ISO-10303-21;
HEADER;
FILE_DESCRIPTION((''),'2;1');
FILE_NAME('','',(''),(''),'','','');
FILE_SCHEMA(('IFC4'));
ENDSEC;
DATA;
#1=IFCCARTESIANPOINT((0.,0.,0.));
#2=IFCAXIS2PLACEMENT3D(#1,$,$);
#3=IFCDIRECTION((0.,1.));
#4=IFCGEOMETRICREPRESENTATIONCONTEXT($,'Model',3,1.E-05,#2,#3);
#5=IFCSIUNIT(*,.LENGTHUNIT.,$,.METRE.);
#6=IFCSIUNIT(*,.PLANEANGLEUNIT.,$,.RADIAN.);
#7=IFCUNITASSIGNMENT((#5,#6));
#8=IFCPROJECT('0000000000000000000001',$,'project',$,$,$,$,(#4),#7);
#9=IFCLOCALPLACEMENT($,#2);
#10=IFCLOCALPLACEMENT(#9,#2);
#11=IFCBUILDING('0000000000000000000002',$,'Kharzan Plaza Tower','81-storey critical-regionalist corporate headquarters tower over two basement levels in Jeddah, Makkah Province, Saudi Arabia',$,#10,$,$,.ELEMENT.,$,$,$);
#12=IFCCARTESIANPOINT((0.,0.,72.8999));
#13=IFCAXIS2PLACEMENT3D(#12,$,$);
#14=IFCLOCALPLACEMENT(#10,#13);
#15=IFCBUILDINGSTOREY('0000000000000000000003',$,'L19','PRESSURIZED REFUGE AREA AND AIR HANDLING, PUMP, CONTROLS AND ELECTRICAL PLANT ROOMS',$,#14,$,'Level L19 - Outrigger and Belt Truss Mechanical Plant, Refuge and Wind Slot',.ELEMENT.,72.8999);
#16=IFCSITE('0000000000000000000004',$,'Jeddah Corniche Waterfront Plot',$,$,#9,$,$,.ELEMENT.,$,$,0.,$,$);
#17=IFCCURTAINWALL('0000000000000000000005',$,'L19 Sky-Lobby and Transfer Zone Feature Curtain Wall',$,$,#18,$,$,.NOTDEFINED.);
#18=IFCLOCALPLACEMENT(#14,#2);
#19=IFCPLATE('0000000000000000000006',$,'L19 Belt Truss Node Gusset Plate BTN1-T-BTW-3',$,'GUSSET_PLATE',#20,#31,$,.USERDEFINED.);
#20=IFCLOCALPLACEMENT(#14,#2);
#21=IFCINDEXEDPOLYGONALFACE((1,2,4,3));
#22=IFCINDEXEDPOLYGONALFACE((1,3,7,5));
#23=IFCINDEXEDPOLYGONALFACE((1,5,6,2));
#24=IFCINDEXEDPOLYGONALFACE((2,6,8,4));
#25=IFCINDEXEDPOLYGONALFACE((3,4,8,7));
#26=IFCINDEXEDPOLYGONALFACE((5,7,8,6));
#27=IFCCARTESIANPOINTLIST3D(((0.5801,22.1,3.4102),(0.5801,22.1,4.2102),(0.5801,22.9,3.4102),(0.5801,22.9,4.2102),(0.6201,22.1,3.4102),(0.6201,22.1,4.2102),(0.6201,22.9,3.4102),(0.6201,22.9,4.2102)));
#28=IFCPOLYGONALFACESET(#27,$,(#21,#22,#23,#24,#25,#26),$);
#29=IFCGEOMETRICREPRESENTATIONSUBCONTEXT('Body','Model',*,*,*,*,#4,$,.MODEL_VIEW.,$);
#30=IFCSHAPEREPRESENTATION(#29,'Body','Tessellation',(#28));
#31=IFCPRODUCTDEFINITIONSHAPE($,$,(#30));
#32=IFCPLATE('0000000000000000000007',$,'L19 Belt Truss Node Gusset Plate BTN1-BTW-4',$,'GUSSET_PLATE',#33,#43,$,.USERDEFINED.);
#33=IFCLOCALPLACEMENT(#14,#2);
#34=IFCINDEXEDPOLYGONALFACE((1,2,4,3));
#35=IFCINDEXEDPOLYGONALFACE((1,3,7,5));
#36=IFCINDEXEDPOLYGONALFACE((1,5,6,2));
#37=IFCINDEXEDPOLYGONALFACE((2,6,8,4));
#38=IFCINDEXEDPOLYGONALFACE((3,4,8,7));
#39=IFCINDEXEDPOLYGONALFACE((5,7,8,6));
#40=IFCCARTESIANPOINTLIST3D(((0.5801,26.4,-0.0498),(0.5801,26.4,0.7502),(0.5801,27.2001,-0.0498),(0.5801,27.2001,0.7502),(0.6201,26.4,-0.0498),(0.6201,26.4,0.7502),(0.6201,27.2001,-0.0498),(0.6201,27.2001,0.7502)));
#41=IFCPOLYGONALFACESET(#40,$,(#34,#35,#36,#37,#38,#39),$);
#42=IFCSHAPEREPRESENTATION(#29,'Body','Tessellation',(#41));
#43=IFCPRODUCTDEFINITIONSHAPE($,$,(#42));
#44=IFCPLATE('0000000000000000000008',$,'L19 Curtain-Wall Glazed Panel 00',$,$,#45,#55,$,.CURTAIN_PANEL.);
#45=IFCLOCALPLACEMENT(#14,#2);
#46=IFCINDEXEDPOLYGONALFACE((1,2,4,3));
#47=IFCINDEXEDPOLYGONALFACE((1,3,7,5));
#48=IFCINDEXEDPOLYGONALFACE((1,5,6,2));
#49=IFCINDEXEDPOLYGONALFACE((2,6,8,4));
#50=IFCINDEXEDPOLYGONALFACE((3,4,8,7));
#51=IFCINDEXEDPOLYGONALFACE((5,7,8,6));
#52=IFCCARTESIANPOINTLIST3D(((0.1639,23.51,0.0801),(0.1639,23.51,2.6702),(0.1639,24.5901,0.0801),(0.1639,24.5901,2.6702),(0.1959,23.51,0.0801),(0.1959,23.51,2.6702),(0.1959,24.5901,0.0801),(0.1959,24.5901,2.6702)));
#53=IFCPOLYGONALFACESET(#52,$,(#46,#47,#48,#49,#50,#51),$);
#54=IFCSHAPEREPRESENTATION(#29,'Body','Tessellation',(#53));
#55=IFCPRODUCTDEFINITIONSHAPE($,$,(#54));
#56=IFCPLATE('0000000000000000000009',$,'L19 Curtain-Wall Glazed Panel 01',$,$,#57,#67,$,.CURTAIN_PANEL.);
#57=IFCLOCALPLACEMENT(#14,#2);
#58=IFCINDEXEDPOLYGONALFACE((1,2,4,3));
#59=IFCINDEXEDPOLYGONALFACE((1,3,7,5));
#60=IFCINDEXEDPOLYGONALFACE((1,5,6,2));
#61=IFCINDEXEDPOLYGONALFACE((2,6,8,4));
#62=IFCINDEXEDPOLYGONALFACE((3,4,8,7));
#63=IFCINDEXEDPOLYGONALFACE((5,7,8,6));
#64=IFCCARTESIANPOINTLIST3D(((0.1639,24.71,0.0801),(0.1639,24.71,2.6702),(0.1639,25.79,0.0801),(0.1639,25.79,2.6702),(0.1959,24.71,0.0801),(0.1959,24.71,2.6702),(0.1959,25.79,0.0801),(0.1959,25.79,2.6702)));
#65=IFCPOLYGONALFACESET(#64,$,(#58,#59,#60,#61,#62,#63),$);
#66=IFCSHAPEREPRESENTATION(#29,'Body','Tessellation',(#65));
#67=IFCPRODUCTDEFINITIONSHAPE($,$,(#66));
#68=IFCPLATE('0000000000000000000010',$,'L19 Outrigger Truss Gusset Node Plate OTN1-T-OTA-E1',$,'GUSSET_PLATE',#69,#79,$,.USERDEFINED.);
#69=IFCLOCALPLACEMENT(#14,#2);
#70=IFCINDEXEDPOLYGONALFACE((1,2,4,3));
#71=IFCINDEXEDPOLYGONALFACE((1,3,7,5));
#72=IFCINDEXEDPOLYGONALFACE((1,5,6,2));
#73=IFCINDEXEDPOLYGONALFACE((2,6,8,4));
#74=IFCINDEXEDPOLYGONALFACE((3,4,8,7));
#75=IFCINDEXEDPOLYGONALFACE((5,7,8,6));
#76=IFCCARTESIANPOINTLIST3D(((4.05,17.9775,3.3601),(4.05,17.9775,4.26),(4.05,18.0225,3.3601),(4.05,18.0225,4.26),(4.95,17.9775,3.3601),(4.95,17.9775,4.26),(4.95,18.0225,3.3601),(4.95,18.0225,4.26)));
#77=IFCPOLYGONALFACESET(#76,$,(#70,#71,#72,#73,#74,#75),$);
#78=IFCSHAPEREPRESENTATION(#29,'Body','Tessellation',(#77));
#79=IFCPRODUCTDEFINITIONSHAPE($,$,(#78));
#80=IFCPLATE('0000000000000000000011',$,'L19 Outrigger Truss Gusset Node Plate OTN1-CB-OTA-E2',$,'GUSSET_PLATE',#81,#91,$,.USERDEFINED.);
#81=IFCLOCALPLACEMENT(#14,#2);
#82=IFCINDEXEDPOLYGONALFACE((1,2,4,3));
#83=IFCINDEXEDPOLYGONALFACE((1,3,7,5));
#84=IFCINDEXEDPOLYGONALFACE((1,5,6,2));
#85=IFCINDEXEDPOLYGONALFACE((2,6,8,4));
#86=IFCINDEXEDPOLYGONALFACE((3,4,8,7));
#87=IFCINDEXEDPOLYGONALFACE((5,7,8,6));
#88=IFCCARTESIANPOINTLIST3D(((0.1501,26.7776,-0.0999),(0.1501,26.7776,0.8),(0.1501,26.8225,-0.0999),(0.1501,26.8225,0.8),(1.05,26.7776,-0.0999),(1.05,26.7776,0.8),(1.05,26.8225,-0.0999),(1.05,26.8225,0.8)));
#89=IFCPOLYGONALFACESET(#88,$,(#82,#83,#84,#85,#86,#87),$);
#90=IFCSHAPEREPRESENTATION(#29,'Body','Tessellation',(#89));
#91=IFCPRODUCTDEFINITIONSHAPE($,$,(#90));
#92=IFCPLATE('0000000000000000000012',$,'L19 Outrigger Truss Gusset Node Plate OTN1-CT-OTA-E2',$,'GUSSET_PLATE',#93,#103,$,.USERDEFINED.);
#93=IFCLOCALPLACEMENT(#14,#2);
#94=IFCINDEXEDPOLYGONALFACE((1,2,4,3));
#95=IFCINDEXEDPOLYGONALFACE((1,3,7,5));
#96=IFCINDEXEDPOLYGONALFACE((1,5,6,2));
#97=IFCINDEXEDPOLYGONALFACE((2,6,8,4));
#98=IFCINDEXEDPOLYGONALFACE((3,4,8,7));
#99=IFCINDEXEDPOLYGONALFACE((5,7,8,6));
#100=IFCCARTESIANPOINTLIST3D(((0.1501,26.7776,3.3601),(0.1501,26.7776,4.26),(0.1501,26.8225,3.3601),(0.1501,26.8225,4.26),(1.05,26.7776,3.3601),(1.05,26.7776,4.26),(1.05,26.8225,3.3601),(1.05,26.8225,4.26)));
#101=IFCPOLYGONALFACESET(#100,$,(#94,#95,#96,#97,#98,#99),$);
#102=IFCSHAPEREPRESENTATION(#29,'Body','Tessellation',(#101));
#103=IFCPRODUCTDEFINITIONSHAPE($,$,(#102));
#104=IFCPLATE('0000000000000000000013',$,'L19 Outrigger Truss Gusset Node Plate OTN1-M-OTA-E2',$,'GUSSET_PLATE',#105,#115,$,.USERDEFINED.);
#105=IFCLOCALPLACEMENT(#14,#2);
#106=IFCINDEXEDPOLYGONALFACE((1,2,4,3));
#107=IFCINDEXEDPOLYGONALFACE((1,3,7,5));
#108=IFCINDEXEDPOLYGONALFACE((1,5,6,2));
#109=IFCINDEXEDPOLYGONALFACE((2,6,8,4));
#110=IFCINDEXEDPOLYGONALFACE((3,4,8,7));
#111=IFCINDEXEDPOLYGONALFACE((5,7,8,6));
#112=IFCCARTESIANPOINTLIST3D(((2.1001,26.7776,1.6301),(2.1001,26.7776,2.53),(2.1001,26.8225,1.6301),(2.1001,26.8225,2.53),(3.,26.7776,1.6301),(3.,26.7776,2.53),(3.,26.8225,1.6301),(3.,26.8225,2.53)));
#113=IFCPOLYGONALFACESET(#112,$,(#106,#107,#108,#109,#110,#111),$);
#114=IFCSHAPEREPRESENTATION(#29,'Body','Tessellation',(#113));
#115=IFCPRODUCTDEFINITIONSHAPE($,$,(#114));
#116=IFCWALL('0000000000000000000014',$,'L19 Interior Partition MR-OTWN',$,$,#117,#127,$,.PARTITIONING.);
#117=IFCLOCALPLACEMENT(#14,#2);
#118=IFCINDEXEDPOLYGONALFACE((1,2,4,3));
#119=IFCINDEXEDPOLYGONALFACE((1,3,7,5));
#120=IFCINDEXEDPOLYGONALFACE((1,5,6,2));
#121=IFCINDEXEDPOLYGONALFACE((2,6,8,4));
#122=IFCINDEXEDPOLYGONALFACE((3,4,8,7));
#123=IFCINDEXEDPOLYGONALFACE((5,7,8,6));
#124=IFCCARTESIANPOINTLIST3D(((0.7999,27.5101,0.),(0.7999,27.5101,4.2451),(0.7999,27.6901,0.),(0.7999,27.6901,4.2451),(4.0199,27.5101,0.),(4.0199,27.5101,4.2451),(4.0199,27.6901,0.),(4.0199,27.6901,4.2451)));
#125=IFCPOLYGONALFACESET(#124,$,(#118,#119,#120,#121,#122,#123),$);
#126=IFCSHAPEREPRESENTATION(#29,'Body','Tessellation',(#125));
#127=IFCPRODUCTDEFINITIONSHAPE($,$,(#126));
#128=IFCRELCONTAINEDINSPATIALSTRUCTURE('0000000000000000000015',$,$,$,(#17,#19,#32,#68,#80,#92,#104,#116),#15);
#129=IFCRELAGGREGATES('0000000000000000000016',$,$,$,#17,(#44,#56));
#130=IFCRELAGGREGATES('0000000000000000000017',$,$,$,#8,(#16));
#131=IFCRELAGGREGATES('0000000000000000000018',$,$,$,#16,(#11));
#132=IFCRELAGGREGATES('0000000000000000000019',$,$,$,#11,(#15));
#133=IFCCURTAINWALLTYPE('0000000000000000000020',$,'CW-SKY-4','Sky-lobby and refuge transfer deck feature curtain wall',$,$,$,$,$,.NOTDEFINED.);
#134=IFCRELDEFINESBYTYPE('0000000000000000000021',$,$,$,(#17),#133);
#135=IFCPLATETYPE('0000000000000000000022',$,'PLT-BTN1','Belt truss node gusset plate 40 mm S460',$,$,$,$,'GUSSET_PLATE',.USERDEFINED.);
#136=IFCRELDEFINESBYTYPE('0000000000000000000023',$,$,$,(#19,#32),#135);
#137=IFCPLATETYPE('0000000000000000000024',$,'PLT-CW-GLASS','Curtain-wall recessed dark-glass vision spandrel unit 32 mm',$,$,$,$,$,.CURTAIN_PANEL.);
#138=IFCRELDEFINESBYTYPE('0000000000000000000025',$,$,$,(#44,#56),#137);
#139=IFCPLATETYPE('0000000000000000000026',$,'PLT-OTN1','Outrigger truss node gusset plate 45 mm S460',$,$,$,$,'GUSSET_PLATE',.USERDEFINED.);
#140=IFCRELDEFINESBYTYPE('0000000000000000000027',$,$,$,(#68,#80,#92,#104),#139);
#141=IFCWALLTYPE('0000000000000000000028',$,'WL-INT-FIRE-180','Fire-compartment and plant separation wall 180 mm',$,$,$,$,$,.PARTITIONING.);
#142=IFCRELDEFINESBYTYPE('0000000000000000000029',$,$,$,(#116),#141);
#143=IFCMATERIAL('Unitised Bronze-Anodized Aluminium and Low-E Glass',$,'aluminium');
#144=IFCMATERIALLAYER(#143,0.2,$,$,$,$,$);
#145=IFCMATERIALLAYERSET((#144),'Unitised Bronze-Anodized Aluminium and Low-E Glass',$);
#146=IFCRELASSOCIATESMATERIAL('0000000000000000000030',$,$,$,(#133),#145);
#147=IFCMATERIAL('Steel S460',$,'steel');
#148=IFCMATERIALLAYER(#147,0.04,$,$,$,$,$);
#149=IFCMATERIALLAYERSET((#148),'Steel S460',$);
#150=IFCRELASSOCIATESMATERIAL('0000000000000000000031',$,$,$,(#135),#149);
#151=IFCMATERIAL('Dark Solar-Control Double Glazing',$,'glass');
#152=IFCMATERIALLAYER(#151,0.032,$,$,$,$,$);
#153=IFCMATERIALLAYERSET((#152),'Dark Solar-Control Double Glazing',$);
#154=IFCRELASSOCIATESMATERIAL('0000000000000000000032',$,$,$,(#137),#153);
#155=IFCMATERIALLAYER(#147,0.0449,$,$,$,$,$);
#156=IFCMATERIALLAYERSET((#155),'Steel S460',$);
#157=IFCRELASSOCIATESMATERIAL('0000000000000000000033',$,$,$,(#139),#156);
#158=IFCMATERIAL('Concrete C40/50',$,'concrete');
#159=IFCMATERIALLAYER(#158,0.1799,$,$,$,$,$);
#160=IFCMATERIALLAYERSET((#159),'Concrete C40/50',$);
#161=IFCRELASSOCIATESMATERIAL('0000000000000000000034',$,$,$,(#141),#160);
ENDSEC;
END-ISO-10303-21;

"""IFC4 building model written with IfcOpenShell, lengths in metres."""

from ifc_helpers import new_model, si_unit, direction, frame, frame_2d, origin, origin_2d, place, context, subcontext, project, spatial, rectangle, extrude, source, transform, mapped, material, layer, layer_set, type_object, element, aggregate, save


model = new_model("IFC4")

# Units and contexts
model_context = context("Model", 3, precision=1e-05, world=origin(), true_north=direction((0.0, 1.0)))
body_context = subcontext(model_context, "Body", "Model", "MODEL_VIEW")
ifc_project = project(units=[si_unit("LENGTHUNIT", "METRE"), si_unit("PLANEANGLEUNIT", "RADIAN")], contexts=[model_context])

# Site, building, storey
site_placement = place(None, origin())
site = spatial("IfcSite", under=ifc_project, at=site_placement, Name="Jeddah Corniche Waterfront Plot", CompositionType="ELEMENT", RefElevation=0.0)
building_placement = place(site_placement, origin())
building = spatial("IfcBuilding", under=site, at=building_placement, Name="Kharzan Plaza Tower", Description="81-storey critical-regionalist corporate headquarters tower over two basement levels in Jeddah, Makkah Province, Saudi Arabia", CompositionType="ELEMENT")
storey_placement = place(building_placement, frame((0.0, 0.0, 72.8999)))
storey = spatial("IfcBuildingStorey", under=building, at=storey_placement, Name="L19", Description="PRESSURIZED REFUGE AREA AND AIR HANDLING, PUMP, CONTROLS AND ELECTRICAL PLANT ROOMS", LongName="Level L19 - Outrigger and Belt Truss Mechanical Plant, Refuge and Wind Slot", CompositionType="ELEMENT", Elevation=72.8999)

# Curtain wall
ifc_material_1 = material(Name="Unitised Bronze-Anodized Aluminium and Low-E Glass", Category="aluminium")
ifc_layer_1 = layer(ifc_material_1, 0.2)
ifc_layer_set_1 = layer_set([ifc_layer_1], Name="Unitised Bronze-Anodized Aluminium and Low-E Glass")
curtain_wall_type = type_object("IfcCurtainWallType", Name="CW-SKY-4", Description="Sky-lobby and refuge transfer deck feature curtain wall", PredefinedType="NOTDEFINED", material=ifc_layer_set_1)
curtain_wall_placement = place(storey_placement, origin())
curtain_wall = element("IfcCurtainWall", 1, at=curtain_wall_placement, inside=storey, type_object=curtain_wall_type, Name="L19 Sky-Lobby and Transfer Zone Feature Curtain Wall", PredefinedType="NOTDEFINED")

# Plates
ifc_material_2 = material(Name="Steel S460", Category="steel")
ifc_layer_2 = layer(ifc_material_2, 0.04)
ifc_layer_set_2 = layer_set([ifc_layer_2], Name="Steel S460")
plate_type_1 = type_object("IfcPlateType", Name="PLT-BTN1", Description="Belt truss node gusset plate 40 mm S460", ElementType="GUSSET_PLATE", PredefinedType="USERDEFINED", material=ifc_layer_set_2)
shared_shape_1 = source(origin(), body_context, "Body", "SweptSolid", [
    extrude(rectangle(XDim=0.8, YDim=0.04, at=origin_2d()), origin(), (0.0, 0.0, 1.0), 0.8),
])
for number, where, z_axis, x_axis, name in (
    (2, (0.6001, 22.5, 3.4102), (0.0, 0.0, 1.0), (0.0, 1.0, 0.0), "L19 Belt Truss Node Gusset Plate BTN1-T-BTW-3"),
    (3, (0.6001, 26.8, -0.0498), (0.0, 0.0, 1.0), (0.0, 1.0, 0.0), "L19 Belt Truss Node Gusset Plate BTN1-BTW-4"),
):
    element("IfcPlate", number, at=place(storey_placement, frame(where, z_axis=z_axis, x_axis=x_axis)), inside=storey, type_object=plate_type_1, Name=name, ObjectType="GUSSET_PLATE", PredefinedType="USERDEFINED", context=body_context, shape_type="MappedRepresentation", body=[
        mapped(shared_shape_1, transform((0.0, 0.0, 0.0), x_axis=(1.0, 0.0, 0.0), y_axis=(0.0, 1.0, 0.0), z_axis=(0.0, 0.0, 1.0))),
    ])

# Plates
ifc_material_3 = material(Name="Dark Solar-Control Double Glazing", Category="glass")
ifc_layer_3 = layer(ifc_material_3, 0.032)
ifc_layer_set_3 = layer_set([ifc_layer_3], Name="Dark Solar-Control Double Glazing")
plate_type_2 = type_object("IfcPlateType", Name="PLT-CW-GLASS", Description="Curtain-wall recessed dark-glass vision spandrel unit 32 mm", PredefinedType="CURTAIN_PANEL", material=ifc_layer_set_3)
shared_shape_2 = source(origin(), body_context, "Body", "SweptSolid", [
    extrude(rectangle(XDim=1.0801, YDim=0.032, at=origin_2d()), origin(), (0.0, 0.0, 1.0), 2.5901),
])
plate_1_placement = place(storey_placement, frame((0.1799, 24.05, 0.0801), z_axis=(0.0, 0.0, 1.0), x_axis=(0.0, 1.0, 0.0)))
plate_1 = element("IfcPlate", 4, at=plate_1_placement, type_object=plate_type_2, Name="L19 Curtain-Wall Glazed Panel 00", PredefinedType="CURTAIN_PANEL", context=body_context, shape_type="MappedRepresentation", body=[
    mapped(shared_shape_2, transform((0.0, 0.0, 0.0), x_axis=(1.0, 0.0, 0.0), y_axis=(0.0, 1.0, 0.0), z_axis=(0.0, 0.0, 1.0))),
])
plate_2_placement = place(storey_placement, frame((0.1799, 25.25, 0.0801), z_axis=(0.0, 0.0, 1.0), x_axis=(0.0, 1.0, 0.0)))
plate_2 = element("IfcPlate", 5, at=plate_2_placement, type_object=plate_type_2, Name="L19 Curtain-Wall Glazed Panel 01", PredefinedType="CURTAIN_PANEL", context=body_context, shape_type="MappedRepresentation", body=[
    mapped(shared_shape_2, transform((0.0, 0.0, 0.0), x_axis=(1.0, 0.0, 0.0), y_axis=(0.0, 1.0, 0.0), z_axis=(0.0, 0.0, 1.0))),
])
aggregate(curtain_wall, [plate_1, plate_2])

# Plates
ifc_layer_4 = layer(ifc_material_2, 0.0449)
ifc_layer_set_4 = layer_set([ifc_layer_4], Name="Steel S460")
plate_type_3 = type_object("IfcPlateType", Name="PLT-OTN1", Description="Outrigger truss node gusset plate 45 mm S460", ElementType="GUSSET_PLATE", PredefinedType="USERDEFINED", material=ifc_layer_set_4)
shared_shape_3 = source(origin(), body_context, "Body", "SweptSolid", [
    extrude(rectangle(XDim=0.8999, YDim=0.0449, at=origin_2d()), origin(), (0.0, 0.0, 1.0), 0.8999),
])
for number, where, z_axis, x_axis, name in (
    (6, (4.5, 18.0, 3.3601), (0.0, 0.0, 1.0), (-1.0, 0.0, 0.0), "L19 Outrigger Truss Gusset Node Plate OTN1-T-OTA-E1"),
    (7, (0.6001, 26.8, -0.0999), (0.0, 0.0, 1.0), (-1.0, 0.0, 0.0), "L19 Outrigger Truss Gusset Node Plate OTN1-CB-OTA-E2"),
    (8, (0.6001, 26.8, 3.3601), (0.0, 0.0, 1.0), (-1.0, 0.0, 0.0), "L19 Outrigger Truss Gusset Node Plate OTN1-CT-OTA-E2"),
    (9, (2.55, 26.8, 1.6301), (0.0, 0.0, 1.0), (-1.0, 0.0, 0.0), "L19 Outrigger Truss Gusset Node Plate OTN1-M-OTA-E2"),
):
    element("IfcPlate", number, at=place(storey_placement, frame(where, z_axis=z_axis, x_axis=x_axis)), inside=storey, type_object=plate_type_3, Name=name, ObjectType="GUSSET_PLATE", PredefinedType="USERDEFINED", context=body_context, shape_type="MappedRepresentation", body=[
        mapped(shared_shape_3, transform((0.0, 0.0, 0.0), x_axis=(1.0, 0.0, 0.0), y_axis=(0.0, 1.0, 0.0), z_axis=(0.0, 0.0, 1.0))),
    ])

# Wall
ifc_material_4 = material(Name="Concrete C40/50", Category="concrete")
ifc_layer_5 = layer(ifc_material_4, 0.1799)
ifc_layer_set_5 = layer_set([ifc_layer_5], Name="Concrete C40/50")
wall_type = type_object("IfcWallType", Name="WL-INT-FIRE-180", Description="Fire-compartment and plant separation wall 180 mm", PredefinedType="PARTITIONING", material=ifc_layer_set_5)
shared_shape_4 = source(origin(), body_context, "Body", "SweptSolid", [
    extrude(rectangle(XDim=3.22, YDim=0.1799, at=frame_2d((1.6099, 0.0))), origin(), (0.0, 0.0, 1.0), 4.2451),
])
wall_placement = place(storey_placement, frame((0.8, 27.6001, 0.0), z_axis=(0.0, 0.0, 1.0), x_axis=(1.0, 0.0, 0.0)))
element("IfcWall", 10, at=wall_placement, inside=storey, type_object=wall_type, Name="L19 Interior Partition MR-OTWN", PredefinedType="PARTITIONING", context=body_context, shape_type="MappedRepresentation", body=[
    mapped(shared_shape_4, transform((0.0, 0.0, 0.0), x_axis=(1.0, 0.0, 0.0), y_axis=(0.0, 1.0, 0.0), z_axis=(0.0, 0.0, 1.0))),
])

save(model, "model.ifc")
